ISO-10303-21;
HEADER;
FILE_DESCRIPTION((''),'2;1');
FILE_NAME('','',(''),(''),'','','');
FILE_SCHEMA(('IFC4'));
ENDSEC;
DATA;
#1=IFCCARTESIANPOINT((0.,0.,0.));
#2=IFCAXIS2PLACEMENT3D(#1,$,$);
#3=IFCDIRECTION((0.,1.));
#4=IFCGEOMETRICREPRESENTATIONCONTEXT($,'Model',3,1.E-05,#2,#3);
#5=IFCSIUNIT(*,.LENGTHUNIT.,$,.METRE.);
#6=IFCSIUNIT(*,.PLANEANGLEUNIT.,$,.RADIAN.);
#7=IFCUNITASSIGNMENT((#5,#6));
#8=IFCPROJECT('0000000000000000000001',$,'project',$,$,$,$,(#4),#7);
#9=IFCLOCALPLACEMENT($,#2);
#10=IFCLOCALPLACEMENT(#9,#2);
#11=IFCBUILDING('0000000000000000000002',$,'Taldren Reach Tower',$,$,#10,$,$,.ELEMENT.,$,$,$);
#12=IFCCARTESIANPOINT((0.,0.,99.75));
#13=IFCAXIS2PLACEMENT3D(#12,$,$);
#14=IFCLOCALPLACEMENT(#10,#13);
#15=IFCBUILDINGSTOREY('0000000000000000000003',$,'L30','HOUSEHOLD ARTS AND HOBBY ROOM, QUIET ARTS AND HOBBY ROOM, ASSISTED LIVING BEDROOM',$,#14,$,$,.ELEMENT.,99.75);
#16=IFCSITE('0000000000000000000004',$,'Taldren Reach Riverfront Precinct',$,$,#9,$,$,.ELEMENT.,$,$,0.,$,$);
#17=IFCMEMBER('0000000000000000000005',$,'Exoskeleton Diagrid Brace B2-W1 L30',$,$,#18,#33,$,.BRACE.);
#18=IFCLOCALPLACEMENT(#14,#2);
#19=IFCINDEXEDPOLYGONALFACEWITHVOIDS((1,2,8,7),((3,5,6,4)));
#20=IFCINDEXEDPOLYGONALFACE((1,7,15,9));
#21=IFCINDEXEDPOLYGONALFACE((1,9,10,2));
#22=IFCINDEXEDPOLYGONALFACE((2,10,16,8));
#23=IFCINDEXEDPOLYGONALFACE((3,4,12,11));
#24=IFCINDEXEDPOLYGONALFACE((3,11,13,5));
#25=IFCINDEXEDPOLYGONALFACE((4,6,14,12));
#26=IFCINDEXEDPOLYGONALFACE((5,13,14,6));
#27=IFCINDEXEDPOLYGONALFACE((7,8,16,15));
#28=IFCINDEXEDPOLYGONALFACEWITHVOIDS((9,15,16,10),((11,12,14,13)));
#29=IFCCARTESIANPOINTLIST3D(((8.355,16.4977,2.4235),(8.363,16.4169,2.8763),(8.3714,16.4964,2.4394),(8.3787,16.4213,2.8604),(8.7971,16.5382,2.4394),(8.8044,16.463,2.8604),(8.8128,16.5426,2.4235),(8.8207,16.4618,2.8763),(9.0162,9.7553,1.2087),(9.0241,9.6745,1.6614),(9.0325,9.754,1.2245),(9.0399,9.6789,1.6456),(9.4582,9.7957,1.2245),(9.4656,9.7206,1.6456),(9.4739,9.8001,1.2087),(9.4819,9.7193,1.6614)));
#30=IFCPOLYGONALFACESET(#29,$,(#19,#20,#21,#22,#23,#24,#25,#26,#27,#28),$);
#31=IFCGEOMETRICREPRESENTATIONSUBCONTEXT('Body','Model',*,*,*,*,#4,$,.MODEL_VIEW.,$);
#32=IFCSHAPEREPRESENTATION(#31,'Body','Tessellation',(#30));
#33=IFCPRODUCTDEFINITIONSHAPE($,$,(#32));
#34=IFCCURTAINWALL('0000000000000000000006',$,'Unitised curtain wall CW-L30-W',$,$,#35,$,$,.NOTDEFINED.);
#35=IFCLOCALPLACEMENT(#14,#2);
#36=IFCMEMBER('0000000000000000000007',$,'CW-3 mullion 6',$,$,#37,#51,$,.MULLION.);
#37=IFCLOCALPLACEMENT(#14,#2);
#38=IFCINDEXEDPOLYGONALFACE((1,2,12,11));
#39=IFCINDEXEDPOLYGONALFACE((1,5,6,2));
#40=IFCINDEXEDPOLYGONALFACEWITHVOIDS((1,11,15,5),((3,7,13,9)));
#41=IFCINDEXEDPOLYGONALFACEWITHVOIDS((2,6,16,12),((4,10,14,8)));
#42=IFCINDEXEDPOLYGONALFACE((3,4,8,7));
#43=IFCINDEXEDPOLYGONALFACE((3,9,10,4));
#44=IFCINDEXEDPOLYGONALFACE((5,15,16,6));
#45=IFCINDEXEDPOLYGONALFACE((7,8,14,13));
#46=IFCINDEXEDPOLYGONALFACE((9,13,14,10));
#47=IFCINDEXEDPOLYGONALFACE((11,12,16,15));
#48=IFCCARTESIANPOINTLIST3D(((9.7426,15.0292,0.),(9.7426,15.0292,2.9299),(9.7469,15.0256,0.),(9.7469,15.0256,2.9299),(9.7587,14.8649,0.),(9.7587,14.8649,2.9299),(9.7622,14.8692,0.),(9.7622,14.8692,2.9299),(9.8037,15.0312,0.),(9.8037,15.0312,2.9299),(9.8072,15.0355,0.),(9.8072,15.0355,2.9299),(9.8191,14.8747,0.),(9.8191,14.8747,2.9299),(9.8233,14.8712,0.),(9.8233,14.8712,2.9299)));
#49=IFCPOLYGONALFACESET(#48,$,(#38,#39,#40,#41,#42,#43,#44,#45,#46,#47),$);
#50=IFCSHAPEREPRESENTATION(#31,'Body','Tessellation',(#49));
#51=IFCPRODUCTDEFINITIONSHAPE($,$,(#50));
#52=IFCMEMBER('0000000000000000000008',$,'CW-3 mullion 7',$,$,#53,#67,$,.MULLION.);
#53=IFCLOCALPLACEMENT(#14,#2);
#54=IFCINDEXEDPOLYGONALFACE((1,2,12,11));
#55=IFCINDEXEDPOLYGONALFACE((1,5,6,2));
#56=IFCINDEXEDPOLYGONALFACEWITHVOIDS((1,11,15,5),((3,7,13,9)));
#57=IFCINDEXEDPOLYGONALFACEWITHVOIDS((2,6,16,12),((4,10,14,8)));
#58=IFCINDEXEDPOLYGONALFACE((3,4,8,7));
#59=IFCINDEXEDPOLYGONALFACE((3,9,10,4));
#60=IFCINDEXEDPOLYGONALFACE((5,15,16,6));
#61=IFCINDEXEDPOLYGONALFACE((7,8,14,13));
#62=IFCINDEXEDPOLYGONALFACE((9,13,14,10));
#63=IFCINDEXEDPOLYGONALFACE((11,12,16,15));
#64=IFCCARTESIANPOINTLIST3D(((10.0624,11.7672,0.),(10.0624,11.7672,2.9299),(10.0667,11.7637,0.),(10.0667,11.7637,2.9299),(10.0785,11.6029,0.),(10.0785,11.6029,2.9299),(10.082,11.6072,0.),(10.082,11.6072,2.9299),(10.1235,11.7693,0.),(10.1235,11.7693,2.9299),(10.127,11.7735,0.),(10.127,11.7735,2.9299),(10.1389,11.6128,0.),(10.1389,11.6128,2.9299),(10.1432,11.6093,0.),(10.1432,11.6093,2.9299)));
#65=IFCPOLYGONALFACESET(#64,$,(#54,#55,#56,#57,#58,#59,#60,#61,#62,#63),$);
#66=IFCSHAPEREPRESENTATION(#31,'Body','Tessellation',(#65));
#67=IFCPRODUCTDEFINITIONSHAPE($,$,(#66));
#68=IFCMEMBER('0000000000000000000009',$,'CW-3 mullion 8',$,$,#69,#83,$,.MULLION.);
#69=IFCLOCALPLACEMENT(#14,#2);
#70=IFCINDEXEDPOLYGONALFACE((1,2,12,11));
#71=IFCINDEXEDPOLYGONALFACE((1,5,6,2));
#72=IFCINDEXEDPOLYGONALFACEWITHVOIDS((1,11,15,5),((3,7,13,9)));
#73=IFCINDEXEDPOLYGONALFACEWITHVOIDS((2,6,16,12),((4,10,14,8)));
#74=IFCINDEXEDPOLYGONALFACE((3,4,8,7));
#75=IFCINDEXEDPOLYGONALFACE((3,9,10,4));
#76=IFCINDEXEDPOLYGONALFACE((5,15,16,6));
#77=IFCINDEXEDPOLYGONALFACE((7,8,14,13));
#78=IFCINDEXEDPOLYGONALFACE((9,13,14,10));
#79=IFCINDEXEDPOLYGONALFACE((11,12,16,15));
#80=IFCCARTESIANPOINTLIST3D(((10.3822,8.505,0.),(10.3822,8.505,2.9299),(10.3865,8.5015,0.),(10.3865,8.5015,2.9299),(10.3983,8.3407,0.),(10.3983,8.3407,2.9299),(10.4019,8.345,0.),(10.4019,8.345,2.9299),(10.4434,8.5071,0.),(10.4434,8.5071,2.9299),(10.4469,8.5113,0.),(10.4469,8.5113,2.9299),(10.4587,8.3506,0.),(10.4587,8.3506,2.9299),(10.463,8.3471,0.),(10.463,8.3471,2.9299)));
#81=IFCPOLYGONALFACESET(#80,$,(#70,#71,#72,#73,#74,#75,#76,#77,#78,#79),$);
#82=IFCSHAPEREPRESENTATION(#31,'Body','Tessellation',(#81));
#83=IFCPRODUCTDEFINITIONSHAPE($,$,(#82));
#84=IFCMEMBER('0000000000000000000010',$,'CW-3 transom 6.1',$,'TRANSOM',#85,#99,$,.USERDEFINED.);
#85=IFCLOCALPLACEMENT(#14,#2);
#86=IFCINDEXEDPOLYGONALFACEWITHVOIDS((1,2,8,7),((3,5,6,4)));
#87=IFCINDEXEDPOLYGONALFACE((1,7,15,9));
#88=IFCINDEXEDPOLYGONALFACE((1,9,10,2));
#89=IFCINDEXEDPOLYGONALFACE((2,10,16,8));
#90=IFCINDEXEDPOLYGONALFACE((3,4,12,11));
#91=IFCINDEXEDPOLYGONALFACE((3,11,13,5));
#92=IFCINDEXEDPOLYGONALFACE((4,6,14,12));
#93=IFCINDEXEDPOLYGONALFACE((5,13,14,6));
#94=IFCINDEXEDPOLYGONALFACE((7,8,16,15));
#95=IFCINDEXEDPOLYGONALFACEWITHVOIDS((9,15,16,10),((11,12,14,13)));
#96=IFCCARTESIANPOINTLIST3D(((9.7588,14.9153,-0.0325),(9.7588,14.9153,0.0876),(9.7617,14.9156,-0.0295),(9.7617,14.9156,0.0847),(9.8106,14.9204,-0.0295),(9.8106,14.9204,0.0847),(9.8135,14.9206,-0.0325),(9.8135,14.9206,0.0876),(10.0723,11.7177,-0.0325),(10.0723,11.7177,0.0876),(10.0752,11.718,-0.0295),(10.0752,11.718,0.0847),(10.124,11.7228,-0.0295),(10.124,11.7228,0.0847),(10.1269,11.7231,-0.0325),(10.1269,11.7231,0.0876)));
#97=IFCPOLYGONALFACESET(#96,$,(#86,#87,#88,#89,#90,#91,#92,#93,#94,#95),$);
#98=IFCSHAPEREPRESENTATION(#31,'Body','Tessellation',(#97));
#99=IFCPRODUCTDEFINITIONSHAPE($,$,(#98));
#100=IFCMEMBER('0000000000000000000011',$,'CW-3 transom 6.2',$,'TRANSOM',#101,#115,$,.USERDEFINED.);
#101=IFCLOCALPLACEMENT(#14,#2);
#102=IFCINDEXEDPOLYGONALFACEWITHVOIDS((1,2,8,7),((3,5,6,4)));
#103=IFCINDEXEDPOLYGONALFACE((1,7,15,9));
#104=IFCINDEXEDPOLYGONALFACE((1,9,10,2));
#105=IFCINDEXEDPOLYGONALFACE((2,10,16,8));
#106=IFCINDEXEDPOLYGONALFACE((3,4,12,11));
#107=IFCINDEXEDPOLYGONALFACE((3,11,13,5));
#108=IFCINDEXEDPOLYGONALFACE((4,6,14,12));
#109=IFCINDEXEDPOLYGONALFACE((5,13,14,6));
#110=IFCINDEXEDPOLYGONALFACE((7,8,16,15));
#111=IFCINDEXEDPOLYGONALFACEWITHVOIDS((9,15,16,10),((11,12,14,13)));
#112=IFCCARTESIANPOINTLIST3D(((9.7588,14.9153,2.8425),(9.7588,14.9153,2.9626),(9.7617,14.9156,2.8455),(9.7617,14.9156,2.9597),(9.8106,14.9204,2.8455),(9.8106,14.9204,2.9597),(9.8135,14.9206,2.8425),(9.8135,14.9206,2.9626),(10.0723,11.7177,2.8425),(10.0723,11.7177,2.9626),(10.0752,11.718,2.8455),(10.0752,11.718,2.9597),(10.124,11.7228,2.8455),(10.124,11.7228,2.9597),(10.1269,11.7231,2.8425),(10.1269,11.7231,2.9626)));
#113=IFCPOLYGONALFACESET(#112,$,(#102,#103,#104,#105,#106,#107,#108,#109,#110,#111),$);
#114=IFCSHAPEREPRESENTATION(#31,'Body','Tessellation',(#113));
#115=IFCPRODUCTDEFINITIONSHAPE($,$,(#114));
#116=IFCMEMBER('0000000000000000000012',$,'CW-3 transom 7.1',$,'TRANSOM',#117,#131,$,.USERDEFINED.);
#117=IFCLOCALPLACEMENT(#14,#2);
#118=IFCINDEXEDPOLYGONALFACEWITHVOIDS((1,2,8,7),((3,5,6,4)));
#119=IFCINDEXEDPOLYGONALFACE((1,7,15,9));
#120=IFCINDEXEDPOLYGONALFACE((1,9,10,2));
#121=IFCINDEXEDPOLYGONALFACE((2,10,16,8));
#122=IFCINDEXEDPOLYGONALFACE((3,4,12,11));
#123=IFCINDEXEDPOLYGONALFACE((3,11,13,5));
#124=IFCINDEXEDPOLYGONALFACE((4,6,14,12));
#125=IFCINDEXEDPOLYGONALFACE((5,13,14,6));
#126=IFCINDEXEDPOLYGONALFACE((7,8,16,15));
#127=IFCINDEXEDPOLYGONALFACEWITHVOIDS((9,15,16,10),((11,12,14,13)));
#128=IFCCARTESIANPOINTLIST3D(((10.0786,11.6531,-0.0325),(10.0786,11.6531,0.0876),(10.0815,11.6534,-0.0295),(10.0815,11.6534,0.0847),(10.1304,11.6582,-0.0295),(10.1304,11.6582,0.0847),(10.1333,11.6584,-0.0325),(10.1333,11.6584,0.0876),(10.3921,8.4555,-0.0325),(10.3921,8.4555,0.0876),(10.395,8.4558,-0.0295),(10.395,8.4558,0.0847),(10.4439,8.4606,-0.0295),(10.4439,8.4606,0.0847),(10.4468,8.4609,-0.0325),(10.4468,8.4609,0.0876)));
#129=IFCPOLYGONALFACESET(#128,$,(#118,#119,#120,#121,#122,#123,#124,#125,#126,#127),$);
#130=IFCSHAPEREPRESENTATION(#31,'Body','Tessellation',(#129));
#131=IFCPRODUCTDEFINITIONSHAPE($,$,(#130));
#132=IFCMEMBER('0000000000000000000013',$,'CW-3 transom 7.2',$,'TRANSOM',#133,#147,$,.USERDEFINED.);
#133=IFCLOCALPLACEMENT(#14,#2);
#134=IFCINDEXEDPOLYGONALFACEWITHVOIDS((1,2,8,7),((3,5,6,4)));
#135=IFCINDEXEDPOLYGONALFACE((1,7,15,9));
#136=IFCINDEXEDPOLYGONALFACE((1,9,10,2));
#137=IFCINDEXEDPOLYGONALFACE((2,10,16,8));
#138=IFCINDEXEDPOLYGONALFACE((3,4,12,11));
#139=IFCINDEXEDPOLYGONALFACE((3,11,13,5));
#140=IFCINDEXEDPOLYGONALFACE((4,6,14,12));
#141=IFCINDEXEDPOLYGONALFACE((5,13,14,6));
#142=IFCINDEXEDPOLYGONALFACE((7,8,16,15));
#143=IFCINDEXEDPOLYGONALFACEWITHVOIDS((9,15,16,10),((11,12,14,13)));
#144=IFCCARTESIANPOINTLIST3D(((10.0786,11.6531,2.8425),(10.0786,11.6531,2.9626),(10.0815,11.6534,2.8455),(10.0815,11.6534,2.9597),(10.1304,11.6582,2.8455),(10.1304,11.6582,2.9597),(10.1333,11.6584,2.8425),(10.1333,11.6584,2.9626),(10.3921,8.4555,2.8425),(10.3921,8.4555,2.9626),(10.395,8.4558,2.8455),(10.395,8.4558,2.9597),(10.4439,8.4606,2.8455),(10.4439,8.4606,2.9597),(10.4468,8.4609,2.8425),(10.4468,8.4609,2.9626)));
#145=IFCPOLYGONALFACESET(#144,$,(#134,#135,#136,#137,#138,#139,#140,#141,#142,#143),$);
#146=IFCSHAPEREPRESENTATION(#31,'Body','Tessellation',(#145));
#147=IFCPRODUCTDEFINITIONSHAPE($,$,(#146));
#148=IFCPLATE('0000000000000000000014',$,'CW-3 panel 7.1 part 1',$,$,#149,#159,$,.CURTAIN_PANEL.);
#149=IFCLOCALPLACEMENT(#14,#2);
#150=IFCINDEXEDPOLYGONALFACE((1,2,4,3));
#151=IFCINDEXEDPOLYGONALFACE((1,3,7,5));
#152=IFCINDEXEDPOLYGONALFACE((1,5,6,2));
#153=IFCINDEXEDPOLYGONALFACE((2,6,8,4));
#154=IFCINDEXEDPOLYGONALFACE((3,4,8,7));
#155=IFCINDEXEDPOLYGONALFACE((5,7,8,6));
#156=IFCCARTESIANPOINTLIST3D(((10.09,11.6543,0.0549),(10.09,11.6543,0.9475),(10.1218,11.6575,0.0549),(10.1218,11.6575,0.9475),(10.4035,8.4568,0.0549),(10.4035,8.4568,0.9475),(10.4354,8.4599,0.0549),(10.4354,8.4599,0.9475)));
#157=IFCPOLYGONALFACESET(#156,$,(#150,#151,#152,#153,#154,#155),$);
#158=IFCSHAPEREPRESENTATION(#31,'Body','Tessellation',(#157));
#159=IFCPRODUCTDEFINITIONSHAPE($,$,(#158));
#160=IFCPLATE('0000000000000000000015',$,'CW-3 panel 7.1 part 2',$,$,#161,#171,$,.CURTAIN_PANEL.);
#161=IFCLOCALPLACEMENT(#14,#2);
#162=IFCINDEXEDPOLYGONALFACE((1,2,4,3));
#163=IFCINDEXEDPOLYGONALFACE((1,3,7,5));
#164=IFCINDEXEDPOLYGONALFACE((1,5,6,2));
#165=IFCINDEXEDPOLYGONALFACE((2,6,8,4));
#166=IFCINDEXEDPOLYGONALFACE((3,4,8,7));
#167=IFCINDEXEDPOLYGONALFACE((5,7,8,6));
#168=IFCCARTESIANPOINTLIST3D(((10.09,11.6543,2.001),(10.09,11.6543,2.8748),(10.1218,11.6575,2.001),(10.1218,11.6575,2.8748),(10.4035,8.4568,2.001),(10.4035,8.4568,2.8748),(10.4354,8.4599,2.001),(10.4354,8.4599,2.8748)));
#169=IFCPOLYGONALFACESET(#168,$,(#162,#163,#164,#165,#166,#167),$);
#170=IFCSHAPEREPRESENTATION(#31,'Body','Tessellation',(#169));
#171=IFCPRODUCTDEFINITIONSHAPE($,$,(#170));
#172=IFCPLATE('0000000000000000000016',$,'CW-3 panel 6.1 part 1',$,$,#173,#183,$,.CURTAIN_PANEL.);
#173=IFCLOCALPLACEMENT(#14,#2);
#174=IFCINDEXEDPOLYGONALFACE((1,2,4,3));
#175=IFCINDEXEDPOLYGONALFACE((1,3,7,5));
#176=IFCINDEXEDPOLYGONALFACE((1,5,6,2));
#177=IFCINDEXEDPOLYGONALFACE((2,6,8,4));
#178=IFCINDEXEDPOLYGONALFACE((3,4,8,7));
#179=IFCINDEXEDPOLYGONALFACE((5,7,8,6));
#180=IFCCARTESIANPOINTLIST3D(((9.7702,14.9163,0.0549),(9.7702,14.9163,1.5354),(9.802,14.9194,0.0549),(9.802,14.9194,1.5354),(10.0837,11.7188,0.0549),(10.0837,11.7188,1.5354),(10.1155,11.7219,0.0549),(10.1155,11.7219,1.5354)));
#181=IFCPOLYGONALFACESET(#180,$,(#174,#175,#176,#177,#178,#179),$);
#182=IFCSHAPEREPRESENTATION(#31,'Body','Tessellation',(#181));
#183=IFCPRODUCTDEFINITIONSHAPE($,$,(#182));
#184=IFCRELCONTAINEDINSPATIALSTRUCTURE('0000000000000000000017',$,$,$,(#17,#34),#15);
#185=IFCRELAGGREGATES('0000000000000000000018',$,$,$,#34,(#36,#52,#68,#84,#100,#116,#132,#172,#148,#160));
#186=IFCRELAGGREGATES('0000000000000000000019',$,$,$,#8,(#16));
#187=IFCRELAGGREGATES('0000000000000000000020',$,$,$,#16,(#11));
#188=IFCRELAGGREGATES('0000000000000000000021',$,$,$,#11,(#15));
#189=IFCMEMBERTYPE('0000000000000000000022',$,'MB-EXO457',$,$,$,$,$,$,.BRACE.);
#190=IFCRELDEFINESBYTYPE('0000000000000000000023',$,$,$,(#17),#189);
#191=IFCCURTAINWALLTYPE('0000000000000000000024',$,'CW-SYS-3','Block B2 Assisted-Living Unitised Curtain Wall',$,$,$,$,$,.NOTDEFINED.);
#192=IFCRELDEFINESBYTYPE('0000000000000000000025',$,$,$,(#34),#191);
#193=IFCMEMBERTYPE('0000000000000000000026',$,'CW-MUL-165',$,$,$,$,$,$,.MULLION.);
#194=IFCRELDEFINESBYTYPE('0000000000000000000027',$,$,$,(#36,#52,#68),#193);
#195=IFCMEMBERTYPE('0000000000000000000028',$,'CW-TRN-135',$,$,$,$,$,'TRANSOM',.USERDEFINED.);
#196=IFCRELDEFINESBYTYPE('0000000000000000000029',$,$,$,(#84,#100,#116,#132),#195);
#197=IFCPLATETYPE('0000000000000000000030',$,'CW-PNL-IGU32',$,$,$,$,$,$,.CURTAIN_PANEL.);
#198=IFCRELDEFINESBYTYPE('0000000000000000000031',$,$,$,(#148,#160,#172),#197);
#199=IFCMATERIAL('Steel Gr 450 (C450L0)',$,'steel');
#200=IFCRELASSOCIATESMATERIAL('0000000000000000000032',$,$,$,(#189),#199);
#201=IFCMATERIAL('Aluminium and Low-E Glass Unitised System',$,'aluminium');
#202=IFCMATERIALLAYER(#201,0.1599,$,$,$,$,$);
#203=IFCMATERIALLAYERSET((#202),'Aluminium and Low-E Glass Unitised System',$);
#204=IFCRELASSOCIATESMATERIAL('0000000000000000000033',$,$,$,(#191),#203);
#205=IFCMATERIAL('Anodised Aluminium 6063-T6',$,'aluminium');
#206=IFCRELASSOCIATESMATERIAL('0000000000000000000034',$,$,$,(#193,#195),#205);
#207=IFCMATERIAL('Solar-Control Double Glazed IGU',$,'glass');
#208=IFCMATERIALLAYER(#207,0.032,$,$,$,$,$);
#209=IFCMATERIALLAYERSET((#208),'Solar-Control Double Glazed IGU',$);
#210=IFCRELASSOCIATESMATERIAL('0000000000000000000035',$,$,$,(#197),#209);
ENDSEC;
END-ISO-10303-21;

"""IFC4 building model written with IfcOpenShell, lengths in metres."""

from ifc_helpers import new_model, si_unit, direction, frame, origin, origin_2d, place, context, subcontext, project, spatial, rectangle, hollow_rectangle, extrude, source, transform, mapped, material, layer, layer_set, material_profile, profile_set, type_object, element, aggregate, save


model = new_model("IFC4")

# Units and contexts
model_context = context("Model", 3, precision=1e-05, world=origin(), true_north=direction((0.0, 1.0)))
body_context = subcontext(model_context, "Body", "Model", "MODEL_VIEW")
ifc_project = project(units=[si_unit("LENGTHUNIT", "METRE"), si_unit("PLANEANGLEUNIT", "RADIAN")], contexts=[model_context])

# Site, building, storey
site_placement = place(None, origin())
site = spatial("IfcSite", under=ifc_project, at=site_placement, Name="Taldren Reach Riverfront Precinct", CompositionType="ELEMENT", RefElevation=0.0)
building_placement = place(site_placement, origin())
building = spatial("IfcBuilding", under=site, at=building_placement, Name="Taldren Reach Tower", CompositionType="ELEMENT")
storey_placement = place(building_placement, frame((0.0, 0.0, 99.75)))
storey = spatial("IfcBuildingStorey", under=building, at=storey_placement, Name="L30", Description="HOUSEHOLD ARTS AND HOBBY ROOM, QUIET ARTS AND HOBBY ROOM, ASSISTED LIVING BEDROOM", CompositionType="ELEMENT", Elevation=99.75)

# Member
ifc_material_1 = material(Name="Steel Gr 450 (C450L0)", Category="steel")
ifc_material_profile_1 = material_profile(ifc_material_1, hollow_rectangle(XDim=0.46, YDim=0.46, WallThickness=0.0161, at=origin_2d()), Name="460x460x16.0SHS")
ifc_profile_set_1 = profile_set([ifc_material_profile_1], Name="Steel Gr 450 (C450L0)")
member_type_1 = type_object("IfcMemberType", Name="MB-EXO457", PredefinedType="BRACE", material=ifc_profile_set_1)
shared_shape_1 = source(origin(), body_context, "Body", "SweptSolid", [
    extrude(hollow_rectangle(XDim=0.46, YDim=0.46, WallThickness=0.0161, at=origin_2d()), origin(), (0.0, 0.0, 1.0), 6.8828),
])
member_1_placement = place(storey_placement, frame((9.249, 9.7373, 1.4351), z_axis=(-0.096055, 0.979602, 0.176504), x_axis=(-0.995227, -0.097588, 0.0)))
element("IfcMember", 1, at=member_1_placement, inside=storey, type_object=member_type_1, Name="Exoskeleton Diagrid Brace B2-W1 L30", PredefinedType="BRACE", context=body_context, shape_type="MappedRepresentation", body=[
    mapped(shared_shape_1, transform((0.0, 0.0, 0.0), scale=1.0)),
])

# Curtain wall, members, plates
ifc_material_2 = material(Name="Aluminium and Low-E Glass Unitised System", Category="aluminium")
ifc_layer_1 = layer(ifc_material_2, 0.1599)
ifc_layer_set_1 = layer_set([ifc_layer_1], Name="Aluminium and Low-E Glass Unitised System")
curtain_wall_type = type_object("IfcCurtainWallType", Name="CW-SYS-3", Description="Block B2 Assisted-Living Unitised Curtain Wall", PredefinedType="NOTDEFINED", material=ifc_layer_set_1)
curtain_wall_placement = place(storey_placement, origin())
curtain_wall = element("IfcCurtainWall", 2, at=curtain_wall_placement, inside=storey, type_object=curtain_wall_type, Name="Unitised curtain wall CW-L30-W", PredefinedType="NOTDEFINED")
ifc_material_3 = material(Name="Anodised Aluminium 6063-T6", Category="aluminium")
ifc_material_profile_2 = material_profile(ifc_material_3, hollow_rectangle(XDim=0.0649, YDim=0.165, WallThickness=0.0039, at=origin_2d()), Name="ALU-165x65x4RHS")
ifc_profile_set_2 = profile_set([ifc_material_profile_2], Name="Anodised Aluminium 6063-T6")
member_type_2 = type_object("IfcMemberType", Name="CW-MUL-165", PredefinedType="MULLION", material=ifc_profile_set_2)
shared_shape_2 = source(origin(), body_context, "Body", "SweptSolid", [
    extrude(hollow_rectangle(XDim=0.0649, YDim=0.165, WallThickness=0.0039, at=origin_2d()), origin(), (0.0, 0.0, 1.0), 2.9299),
])
member_2_placement = place(storey_placement, frame((9.783, 14.9502, 0.0), z_axis=(0.0, 0.0, 1.0), x_axis=(0.995227, 0.097583, 0.0)))
member_2 = element("IfcMember", 3, at=member_2_placement, type_object=member_type_2, Name="CW-3 mullion 6", PredefinedType="MULLION", context=body_context, shape_type="MappedRepresentation", body=[
    mapped(shared_shape_2, transform((0.0, 0.0, 0.0), scale=1.0)),
])
member_3_placement = place(storey_placement, frame((10.1028, 11.6882, 0.0), z_axis=(0.0, 0.0, 1.0), x_axis=(0.995227, 0.097583, 0.0)))
member_3 = element("IfcMember", 4, at=member_3_placement, type_object=member_type_2, Name="CW-3 mullion 7", PredefinedType="MULLION", context=body_context, shape_type="MappedRepresentation", body=[
    mapped(shared_shape_2, transform((0.0, 0.0, 0.0), scale=1.0)),
])
member_4_placement = place(storey_placement, frame((10.4226, 8.426, 0.0), z_axis=(0.0, 0.0, 1.0), x_axis=(0.995227, 0.097583, 0.0)))
member_4 = element("IfcMember", 5, at=member_4_placement, type_object=member_type_2, Name="CW-3 mullion 8", PredefinedType="MULLION", context=body_context, shape_type="MappedRepresentation", body=[
    mapped(shared_shape_2, transform((0.0, 0.0, 0.0), scale=1.0)),
])
ifc_material_profile_3 = material_profile(ifc_material_3, hollow_rectangle(XDim=0.0549, YDim=0.1201, WallThickness=0.0029, at=origin_2d()), Name="ALU-120x55x3RHS")
ifc_profile_set_3 = profile_set([ifc_material_profile_3], Name="Anodised Aluminium 6063-T6")
member_type_3 = type_object("IfcMemberType", Name="CW-TRN-135", ElementType="TRANSOM", PredefinedType="USERDEFINED", material=ifc_profile_set_3)
shared_shape_3 = source(origin(), body_context, "Body", "SweptSolid", [
    extrude(hollow_rectangle(XDim=0.0549, YDim=0.1201, WallThickness=0.0029, at=origin_2d()), origin(), (0.0, 0.0, 1.0), 3.2129),
])
member_5_placement = place(storey_placement, frame((9.7861, 14.918, 0.0276), z_axis=(0.09757, -0.995229, 0.0), x_axis=(0.995229, 0.09757, 0.0)))
member_5 = element("IfcMember", 6, at=member_5_placement, type_object=member_type_3, Name="CW-3 transom 6.1", ObjectType="TRANSOM", PredefinedType="USERDEFINED", context=body_context, shape_type="MappedRepresentation", body=[
    mapped(shared_shape_3, transform((0.0, 0.0, 0.0), scale=1.0)),
])
member_6_placement = place(storey_placement, frame((9.7861, 14.918, 2.9026), z_axis=(0.09757, -0.995229, 0.0), x_axis=(0.995229, 0.09757, 0.0)))
member_6 = element("IfcMember", 7, at=member_6_placement, type_object=member_type_3, Name="CW-3 transom 6.2", ObjectType="TRANSOM", PredefinedType="USERDEFINED", context=body_context, shape_type="MappedRepresentation", body=[
    mapped(shared_shape_3, transform((0.0, 0.0, 0.0), scale=1.0)),
])
member_7_placement = place(storey_placement, frame((10.106, 11.6558, 0.0276), z_axis=(0.09757, -0.995229, 0.0), x_axis=(0.995229, 0.09757, 0.0)))
member_7 = element("IfcMember", 8, at=member_7_placement, type_object=member_type_3, Name="CW-3 transom 7.1", ObjectType="TRANSOM", PredefinedType="USERDEFINED", context=body_context, shape_type="MappedRepresentation", body=[
    mapped(shared_shape_3, transform((0.0, 0.0, 0.0), scale=1.0)),
])
member_8_placement = place(storey_placement, frame((10.106, 11.6558, 2.9026), z_axis=(0.09757, -0.995229, 0.0), x_axis=(0.995229, 0.09757, 0.0)))
member_8 = element("IfcMember", 9, at=member_8_placement, type_object=member_type_3, Name="CW-3 transom 7.2", ObjectType="TRANSOM", PredefinedType="USERDEFINED", context=body_context, shape_type="MappedRepresentation", body=[
    mapped(shared_shape_3, transform((0.0, 0.0, 0.0), scale=1.0)),
])
ifc_material_4 = material(Name="Solar-Control Double Glazed IGU", Category="glass")
ifc_layer_2 = layer(ifc_material_4, 0.032)
ifc_layer_set_2 = layer_set([ifc_layer_2], Name="Solar-Control Double Glazed IGU")
plate_type = type_object("IfcPlateType", Name="CW-PNL-IGU32", PredefinedType="CURTAIN_PANEL", material=ifc_layer_set_2)
shared_shape_4 = source(origin(), body_context, "Body", "SweptSolid", [
    extrude(rectangle(XDim=3.2129, YDim=0.032, at=origin_2d()), origin(), (0.0, 0.0, 1.0), 0.8926),
])
plate_1_placement = place(storey_placement, frame((10.2627, 10.0571, 0.0549), z_axis=(0.0, 0.0, 1.0), x_axis=(0.097583, -0.995227, 0.0)))
plate_1 = element("IfcPlate", 10, at=plate_1_placement, type_object=plate_type, Name="CW-3 panel 7.1 part 1", PredefinedType="CURTAIN_PANEL", context=body_context, shape_type="MappedRepresentation", body=[
    mapped(shared_shape_4, transform((0.0, 0.0, 0.0), scale=1.0)),
])
shared_shape_5 = source(origin(), body_context, "Body", "SweptSolid", [
    extrude(rectangle(XDim=3.2129, YDim=0.032, at=origin_2d()), origin(), (0.0, 0.0, 1.0), 0.8738),
])
plate_2_placement = place(storey_placement, frame((10.2627, 10.0571, 2.001), z_axis=(0.0, 0.0, 1.0), x_axis=(0.097583, -0.995227, 0.0)))
plate_2 = element("IfcPlate", 11, at=plate_2_placement, type_object=plate_type, Name="CW-3 panel 7.1 part 2", PredefinedType="CURTAIN_PANEL", context=body_context, shape_type="MappedRepresentation", body=[
    mapped(shared_shape_5, transform((0.0, 0.0, 0.0), scale=1.0)),
])
shared_shape_6 = source(origin(), body_context, "Body", "SweptSolid", [
    extrude(rectangle(XDim=3.2129, YDim=0.032, at=origin_2d()), origin(), (0.0, 0.0, 1.0), 1.4805),
])
plate_3_placement = place(storey_placement, frame((9.9429, 13.3191, 0.0549), z_axis=(0.0, 0.0, 1.0), x_axis=(0.097583, -0.995227, 0.0)))
plate_3 = element("IfcPlate", 12, at=plate_3_placement, type_object=plate_type, Name="CW-3 panel 6.1 part 1", PredefinedType="CURTAIN_PANEL", context=body_context, shape_type="MappedRepresentation", body=[
    mapped(shared_shape_6, transform((0.0, 0.0, 0.0), scale=1.0)),
])
aggregate(curtain_wall, [member_2, member_3, member_4, member_5, member_6, member_7, member_8, plate_3, plate_1, plate_2])

save(model, "model.ifc")
